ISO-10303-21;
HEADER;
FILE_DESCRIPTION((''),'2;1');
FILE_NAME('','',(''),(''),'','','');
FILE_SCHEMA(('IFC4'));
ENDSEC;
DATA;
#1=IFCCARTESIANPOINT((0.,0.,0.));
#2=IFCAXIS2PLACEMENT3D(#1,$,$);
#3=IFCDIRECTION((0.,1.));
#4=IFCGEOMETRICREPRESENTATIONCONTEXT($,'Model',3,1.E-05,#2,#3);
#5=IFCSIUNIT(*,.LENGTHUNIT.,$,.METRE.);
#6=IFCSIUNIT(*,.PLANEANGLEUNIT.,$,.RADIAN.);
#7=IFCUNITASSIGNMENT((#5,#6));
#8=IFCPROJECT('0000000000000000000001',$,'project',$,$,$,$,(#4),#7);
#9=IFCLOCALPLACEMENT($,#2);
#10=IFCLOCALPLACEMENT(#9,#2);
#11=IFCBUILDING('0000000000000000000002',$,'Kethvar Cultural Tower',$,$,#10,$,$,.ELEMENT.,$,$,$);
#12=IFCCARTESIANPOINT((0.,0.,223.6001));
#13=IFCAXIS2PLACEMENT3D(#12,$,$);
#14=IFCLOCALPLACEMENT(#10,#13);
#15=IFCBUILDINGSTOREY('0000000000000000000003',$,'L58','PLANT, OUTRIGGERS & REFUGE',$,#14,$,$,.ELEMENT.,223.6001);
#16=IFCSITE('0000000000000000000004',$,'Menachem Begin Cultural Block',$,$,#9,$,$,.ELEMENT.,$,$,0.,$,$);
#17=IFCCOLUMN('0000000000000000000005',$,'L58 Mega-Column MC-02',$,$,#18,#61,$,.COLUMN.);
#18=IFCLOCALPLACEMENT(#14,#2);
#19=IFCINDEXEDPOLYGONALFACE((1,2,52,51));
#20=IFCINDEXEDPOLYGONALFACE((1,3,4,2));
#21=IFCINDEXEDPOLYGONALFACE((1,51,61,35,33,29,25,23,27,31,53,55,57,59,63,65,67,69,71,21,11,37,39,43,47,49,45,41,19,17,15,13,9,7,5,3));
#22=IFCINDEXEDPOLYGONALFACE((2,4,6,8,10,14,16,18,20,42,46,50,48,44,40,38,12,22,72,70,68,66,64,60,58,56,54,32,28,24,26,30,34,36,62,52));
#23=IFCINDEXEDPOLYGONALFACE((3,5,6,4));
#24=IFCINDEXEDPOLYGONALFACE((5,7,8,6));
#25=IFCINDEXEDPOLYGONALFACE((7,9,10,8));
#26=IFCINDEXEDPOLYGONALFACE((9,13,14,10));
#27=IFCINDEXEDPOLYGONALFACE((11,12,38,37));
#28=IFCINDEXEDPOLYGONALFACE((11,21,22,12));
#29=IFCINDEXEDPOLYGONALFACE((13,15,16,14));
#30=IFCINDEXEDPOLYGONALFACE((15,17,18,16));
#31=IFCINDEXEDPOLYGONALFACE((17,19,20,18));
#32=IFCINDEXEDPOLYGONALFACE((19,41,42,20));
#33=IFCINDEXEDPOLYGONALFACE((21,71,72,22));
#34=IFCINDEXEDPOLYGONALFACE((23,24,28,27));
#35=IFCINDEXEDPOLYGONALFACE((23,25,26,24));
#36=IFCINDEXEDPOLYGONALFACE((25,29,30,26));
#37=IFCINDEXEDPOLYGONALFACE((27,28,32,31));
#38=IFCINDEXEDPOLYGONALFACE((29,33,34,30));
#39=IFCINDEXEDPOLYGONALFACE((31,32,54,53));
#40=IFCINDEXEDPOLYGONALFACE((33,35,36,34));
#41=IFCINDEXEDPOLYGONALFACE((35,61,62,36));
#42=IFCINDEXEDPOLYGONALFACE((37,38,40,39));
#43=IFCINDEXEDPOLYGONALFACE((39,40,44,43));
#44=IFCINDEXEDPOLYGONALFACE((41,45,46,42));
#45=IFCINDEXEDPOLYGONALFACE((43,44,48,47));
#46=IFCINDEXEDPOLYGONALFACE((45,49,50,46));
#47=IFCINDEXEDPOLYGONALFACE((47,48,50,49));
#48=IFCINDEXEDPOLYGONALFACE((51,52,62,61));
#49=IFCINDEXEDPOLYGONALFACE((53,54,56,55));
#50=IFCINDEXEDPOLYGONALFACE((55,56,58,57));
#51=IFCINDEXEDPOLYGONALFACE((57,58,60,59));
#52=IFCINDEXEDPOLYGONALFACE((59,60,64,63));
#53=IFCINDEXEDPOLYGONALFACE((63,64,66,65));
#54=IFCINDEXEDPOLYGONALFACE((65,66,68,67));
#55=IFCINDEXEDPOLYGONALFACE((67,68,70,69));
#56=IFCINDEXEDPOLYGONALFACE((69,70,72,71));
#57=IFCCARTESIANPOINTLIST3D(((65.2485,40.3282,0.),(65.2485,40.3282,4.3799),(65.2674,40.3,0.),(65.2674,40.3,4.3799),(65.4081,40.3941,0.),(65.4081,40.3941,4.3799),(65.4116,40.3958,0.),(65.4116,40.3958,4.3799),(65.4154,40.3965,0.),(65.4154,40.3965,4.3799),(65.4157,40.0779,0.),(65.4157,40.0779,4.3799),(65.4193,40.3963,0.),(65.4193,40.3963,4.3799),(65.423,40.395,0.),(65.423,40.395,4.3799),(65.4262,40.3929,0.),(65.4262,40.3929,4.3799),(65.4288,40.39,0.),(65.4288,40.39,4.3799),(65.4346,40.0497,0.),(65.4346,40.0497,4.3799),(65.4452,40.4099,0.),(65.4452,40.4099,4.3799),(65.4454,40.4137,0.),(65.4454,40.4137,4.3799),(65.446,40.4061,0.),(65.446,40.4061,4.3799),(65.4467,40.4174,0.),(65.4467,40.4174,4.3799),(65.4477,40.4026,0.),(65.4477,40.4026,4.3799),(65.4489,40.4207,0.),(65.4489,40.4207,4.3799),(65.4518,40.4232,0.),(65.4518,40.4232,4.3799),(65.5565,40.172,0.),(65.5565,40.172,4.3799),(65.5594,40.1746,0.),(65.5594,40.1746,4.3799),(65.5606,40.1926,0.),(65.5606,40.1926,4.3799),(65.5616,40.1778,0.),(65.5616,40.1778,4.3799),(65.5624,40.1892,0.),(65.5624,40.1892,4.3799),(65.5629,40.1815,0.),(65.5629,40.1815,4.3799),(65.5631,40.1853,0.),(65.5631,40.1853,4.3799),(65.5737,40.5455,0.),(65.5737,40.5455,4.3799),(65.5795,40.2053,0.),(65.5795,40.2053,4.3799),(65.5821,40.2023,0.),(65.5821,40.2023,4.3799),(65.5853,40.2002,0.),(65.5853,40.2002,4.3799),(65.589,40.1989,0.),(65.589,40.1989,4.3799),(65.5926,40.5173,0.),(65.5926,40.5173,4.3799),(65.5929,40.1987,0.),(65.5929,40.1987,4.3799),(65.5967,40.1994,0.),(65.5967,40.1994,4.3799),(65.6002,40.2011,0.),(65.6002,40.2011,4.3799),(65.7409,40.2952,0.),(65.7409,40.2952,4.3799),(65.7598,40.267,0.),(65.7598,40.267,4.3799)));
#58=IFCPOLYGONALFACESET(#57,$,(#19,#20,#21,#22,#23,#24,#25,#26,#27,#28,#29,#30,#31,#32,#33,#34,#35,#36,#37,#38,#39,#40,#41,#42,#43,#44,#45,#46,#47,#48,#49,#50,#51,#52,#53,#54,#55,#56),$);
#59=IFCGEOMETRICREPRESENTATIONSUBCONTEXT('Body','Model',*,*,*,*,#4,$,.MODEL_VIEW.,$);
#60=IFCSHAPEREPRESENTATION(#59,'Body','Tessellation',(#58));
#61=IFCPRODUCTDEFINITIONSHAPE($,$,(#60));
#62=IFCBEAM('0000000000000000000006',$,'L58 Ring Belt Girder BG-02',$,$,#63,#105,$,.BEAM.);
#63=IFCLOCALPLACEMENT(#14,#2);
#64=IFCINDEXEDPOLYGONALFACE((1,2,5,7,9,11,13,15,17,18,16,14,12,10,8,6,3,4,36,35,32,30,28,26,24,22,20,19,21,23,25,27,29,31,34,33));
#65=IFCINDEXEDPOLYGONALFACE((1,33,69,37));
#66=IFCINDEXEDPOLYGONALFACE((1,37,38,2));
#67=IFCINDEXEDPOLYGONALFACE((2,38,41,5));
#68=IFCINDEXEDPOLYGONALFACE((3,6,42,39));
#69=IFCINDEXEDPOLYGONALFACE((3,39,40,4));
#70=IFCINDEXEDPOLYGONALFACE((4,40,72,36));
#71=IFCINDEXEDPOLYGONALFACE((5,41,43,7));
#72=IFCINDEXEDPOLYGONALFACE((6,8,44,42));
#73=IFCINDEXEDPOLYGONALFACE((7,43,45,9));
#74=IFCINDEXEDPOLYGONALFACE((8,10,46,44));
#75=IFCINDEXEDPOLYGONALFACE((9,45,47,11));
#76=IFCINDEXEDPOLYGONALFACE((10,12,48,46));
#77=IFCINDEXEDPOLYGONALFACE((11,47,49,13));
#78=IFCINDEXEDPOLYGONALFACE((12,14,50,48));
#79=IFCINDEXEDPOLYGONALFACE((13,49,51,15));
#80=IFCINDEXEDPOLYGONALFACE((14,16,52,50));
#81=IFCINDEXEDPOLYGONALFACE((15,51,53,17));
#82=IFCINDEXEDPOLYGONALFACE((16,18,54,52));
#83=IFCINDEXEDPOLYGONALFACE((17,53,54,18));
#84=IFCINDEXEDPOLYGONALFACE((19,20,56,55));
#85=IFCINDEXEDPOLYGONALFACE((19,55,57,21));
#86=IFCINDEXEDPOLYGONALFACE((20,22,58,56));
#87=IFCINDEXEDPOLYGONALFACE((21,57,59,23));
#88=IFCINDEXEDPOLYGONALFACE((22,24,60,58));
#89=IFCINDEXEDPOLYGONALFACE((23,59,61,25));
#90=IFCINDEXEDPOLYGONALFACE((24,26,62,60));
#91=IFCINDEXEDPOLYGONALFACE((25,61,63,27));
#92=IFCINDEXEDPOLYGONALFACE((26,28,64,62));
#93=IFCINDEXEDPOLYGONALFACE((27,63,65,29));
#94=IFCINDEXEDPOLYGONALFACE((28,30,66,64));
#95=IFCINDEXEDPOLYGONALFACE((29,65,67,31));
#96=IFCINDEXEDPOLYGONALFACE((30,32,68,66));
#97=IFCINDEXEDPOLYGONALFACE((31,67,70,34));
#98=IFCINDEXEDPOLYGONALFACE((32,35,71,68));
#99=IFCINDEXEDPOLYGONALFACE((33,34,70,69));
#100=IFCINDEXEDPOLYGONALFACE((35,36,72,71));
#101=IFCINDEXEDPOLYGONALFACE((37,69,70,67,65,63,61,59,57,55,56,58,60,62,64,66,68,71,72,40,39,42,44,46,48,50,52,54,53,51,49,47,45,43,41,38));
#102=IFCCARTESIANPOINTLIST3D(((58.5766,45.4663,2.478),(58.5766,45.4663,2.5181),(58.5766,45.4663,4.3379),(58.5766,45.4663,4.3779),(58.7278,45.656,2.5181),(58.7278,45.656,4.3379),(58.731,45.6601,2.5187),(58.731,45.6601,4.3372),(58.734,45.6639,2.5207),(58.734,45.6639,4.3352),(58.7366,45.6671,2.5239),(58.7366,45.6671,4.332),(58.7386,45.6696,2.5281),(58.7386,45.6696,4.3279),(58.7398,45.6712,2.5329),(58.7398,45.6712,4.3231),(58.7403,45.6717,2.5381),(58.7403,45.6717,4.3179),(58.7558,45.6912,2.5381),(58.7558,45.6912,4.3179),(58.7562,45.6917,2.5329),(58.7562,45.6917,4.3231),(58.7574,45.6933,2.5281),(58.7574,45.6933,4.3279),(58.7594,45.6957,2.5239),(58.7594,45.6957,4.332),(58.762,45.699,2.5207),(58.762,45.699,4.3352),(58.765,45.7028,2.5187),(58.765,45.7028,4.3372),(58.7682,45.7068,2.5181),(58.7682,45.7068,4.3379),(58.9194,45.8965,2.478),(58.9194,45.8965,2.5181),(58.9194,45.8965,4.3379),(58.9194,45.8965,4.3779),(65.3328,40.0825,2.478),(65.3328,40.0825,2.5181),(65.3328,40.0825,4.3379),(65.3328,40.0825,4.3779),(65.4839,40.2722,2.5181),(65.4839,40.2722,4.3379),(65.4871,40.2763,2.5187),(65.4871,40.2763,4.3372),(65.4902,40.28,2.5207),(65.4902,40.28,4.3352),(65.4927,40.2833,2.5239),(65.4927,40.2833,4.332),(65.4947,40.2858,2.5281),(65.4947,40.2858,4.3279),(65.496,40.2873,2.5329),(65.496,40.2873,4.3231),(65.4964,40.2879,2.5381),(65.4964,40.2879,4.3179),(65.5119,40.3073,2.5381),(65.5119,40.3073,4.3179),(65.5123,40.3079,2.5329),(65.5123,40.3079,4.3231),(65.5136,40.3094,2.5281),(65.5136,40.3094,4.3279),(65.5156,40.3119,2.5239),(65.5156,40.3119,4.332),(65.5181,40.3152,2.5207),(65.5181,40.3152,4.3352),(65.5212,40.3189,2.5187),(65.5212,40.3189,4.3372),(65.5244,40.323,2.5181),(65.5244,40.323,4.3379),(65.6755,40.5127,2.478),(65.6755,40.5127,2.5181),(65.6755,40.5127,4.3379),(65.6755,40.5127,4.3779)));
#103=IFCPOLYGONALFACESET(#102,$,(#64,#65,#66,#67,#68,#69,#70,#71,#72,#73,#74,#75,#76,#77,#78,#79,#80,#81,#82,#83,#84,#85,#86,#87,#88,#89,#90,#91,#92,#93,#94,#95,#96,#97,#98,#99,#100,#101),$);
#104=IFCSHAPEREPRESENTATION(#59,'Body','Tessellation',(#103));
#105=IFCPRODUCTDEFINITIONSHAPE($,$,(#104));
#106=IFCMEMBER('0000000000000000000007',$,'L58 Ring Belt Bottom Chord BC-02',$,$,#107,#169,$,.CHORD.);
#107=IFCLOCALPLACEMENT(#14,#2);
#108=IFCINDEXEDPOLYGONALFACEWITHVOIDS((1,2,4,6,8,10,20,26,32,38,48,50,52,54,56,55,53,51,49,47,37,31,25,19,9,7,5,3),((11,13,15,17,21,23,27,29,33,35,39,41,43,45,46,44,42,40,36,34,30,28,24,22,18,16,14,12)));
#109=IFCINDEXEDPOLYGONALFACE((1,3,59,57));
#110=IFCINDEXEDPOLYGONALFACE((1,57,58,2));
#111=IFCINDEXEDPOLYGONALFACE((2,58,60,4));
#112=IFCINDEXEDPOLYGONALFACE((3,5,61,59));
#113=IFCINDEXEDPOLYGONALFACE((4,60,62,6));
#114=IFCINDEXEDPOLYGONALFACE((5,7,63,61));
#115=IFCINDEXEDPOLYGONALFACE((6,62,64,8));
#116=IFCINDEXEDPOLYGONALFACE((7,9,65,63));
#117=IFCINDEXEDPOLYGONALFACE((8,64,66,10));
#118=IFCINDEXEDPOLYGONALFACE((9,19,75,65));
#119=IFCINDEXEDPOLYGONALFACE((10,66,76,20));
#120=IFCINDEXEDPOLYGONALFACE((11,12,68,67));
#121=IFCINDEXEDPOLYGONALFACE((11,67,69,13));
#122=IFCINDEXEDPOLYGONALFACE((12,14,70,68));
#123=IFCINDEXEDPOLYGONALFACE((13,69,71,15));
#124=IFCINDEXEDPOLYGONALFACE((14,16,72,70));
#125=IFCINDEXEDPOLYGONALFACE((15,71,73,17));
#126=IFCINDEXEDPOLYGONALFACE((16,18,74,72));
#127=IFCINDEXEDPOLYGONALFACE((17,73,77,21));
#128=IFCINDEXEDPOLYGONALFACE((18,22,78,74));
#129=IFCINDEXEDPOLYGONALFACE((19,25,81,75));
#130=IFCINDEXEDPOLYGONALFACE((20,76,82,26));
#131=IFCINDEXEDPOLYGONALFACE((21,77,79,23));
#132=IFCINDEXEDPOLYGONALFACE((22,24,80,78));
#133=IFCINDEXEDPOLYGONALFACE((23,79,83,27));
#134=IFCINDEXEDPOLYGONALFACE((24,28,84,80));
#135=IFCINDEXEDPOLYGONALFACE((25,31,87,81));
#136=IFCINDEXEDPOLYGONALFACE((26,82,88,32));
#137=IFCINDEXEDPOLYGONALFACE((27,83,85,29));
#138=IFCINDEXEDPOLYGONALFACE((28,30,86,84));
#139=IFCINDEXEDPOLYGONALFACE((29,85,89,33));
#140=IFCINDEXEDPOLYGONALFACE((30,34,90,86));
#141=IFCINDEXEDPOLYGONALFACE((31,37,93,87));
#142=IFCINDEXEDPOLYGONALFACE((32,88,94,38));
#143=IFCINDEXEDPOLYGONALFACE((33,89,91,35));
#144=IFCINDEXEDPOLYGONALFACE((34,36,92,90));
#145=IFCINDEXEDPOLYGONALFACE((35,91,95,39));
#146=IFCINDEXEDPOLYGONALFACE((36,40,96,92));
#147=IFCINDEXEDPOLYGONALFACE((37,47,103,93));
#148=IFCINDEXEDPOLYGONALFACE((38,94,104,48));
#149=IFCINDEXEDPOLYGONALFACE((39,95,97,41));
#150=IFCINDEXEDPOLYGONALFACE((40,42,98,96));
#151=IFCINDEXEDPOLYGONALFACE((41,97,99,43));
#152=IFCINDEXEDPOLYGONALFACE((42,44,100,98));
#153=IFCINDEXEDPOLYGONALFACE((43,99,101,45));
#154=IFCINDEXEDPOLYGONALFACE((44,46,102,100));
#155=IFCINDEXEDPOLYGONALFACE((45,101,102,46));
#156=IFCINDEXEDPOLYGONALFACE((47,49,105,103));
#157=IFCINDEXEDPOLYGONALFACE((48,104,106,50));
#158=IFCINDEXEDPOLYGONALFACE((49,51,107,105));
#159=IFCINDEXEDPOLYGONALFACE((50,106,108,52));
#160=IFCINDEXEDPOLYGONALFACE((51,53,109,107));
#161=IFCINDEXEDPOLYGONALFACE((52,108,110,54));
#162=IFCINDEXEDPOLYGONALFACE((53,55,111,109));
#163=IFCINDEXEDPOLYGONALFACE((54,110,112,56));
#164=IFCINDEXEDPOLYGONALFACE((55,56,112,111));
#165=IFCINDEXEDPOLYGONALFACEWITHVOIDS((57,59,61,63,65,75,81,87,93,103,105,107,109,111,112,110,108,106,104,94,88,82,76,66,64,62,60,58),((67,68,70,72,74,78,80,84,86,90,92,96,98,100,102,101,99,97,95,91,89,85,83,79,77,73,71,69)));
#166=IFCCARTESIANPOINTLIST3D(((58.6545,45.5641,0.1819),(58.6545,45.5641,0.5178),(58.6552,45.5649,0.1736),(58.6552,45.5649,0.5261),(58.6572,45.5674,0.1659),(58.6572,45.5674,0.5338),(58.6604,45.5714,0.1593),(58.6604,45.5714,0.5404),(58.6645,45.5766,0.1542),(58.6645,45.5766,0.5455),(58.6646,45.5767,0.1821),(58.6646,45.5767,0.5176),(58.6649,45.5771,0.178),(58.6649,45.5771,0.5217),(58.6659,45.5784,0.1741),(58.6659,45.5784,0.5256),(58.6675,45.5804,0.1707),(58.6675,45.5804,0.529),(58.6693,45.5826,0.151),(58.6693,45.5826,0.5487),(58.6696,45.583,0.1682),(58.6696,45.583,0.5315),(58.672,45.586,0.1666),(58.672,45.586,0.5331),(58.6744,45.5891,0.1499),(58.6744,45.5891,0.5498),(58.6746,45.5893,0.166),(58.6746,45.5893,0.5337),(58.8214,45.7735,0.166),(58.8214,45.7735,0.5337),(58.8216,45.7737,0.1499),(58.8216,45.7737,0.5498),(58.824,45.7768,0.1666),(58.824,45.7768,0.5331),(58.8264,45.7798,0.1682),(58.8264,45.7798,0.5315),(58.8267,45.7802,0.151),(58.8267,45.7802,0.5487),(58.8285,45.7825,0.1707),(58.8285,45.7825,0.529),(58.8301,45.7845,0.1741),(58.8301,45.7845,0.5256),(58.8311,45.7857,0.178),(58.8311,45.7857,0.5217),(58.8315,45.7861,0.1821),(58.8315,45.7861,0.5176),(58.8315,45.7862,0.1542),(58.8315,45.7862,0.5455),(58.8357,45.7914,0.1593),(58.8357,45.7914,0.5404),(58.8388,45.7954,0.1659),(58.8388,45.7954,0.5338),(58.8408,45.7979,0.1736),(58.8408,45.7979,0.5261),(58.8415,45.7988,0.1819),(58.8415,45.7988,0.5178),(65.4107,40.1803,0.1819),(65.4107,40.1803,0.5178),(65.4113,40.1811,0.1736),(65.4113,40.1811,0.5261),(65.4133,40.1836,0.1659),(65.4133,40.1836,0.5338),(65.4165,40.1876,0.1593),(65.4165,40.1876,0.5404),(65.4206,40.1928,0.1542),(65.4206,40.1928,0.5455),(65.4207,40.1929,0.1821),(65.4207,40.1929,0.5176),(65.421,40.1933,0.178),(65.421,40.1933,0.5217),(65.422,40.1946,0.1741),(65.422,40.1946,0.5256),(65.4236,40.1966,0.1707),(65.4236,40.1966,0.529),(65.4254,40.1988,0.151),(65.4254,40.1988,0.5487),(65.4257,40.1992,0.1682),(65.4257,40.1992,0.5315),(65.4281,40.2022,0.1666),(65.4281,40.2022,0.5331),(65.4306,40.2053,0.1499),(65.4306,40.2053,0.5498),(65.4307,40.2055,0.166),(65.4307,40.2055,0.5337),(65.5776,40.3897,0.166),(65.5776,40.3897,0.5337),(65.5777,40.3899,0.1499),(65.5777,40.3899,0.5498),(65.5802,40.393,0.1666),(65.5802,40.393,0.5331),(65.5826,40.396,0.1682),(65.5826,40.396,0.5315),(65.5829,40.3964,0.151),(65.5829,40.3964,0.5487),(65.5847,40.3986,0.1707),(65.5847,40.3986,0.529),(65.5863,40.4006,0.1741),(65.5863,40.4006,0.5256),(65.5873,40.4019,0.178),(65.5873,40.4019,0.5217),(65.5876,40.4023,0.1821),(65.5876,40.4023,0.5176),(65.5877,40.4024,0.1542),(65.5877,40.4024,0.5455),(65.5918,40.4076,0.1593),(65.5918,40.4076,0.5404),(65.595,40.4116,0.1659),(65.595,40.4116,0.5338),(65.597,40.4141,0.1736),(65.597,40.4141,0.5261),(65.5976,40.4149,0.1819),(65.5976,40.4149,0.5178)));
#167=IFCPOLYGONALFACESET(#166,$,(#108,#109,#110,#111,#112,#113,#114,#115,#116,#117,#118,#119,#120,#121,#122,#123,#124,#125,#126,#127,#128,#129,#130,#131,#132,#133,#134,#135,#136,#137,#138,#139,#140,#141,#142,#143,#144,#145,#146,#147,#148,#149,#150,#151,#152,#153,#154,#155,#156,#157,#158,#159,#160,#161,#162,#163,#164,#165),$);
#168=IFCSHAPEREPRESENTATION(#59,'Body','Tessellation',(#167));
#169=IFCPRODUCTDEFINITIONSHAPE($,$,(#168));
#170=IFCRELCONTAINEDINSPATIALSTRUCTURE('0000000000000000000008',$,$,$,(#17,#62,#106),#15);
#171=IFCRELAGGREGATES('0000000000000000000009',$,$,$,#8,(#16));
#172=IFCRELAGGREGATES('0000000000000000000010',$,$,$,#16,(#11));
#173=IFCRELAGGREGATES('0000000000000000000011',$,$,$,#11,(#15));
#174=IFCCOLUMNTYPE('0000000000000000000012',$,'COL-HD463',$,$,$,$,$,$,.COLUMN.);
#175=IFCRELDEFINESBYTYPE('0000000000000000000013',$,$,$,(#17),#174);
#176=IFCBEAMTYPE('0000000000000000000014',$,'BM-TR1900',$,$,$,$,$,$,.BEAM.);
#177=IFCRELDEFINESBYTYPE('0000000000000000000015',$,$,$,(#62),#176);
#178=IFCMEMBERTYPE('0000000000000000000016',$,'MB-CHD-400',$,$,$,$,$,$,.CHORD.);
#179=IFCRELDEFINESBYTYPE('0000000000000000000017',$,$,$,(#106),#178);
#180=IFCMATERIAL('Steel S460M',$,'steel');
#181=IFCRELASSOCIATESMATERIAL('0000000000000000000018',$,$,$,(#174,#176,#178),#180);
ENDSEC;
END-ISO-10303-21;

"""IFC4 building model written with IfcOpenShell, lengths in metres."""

from ifc_helpers import new_model, si_unit, direction, frame, origin, origin_2d, place, context, subcontext, project, spatial, hollow_rectangle, i_section, extrude, source, transform, mapped, material, material_profile, profile_set, type_object, element, save


model = new_model("IFC4")

# Units and contexts
model_context = context("Model", 3, precision=1e-05, world=origin(), true_north=direction((0.0, 1.0)))
body_context = subcontext(model_context, "Body", "Model", "MODEL_VIEW")
ifc_project = project(units=[si_unit("LENGTHUNIT", "METRE"), si_unit("PLANEANGLEUNIT", "RADIAN")], contexts=[model_context])

# Site, building, storey
site_placement = place(None, origin())
site = spatial("IfcSite", under=ifc_project, at=site_placement, Name="Menachem Begin Cultural Block", CompositionType="ELEMENT", RefElevation=0.0)
building_placement = place(site_placement, origin())
building = spatial("IfcBuilding", under=site, at=building_placement, Name="Kethvar Cultural Tower", CompositionType="ELEMENT")
storey_placement = place(building_placement, frame((0.0, 0.0, 223.6001)))
storey = spatial("IfcBuildingStorey", under=building, at=storey_placement, Name="L58", Description="PLANT, OUTRIGGERS & REFUGE", CompositionType="ELEMENT", Elevation=223.6001)

# Column
ifc_material_1 = material(Name="Steel S460M", Category="steel")
ifc_material_profile_1 = material_profile(ifc_material_1, i_section(OverallWidth=0.3911, OverallDepth=0.335, WebThickness=0.0227, FlangeThickness=0.0339, FilletRadius=0.0149, at=origin_2d()), Name="Steel S460M — HD400x463")
ifc_profile_set_1 = profile_set([ifc_material_profile_1], Name="Steel S460M — HD400x463")
column_type = type_object("IfcColumnType", Name="COL-HD463", PredefinedType="COLUMN", material=ifc_profile_set_1)
shared_shape_1 = source(origin(), body_context, "Body", "SweptSolid", [
    extrude(i_section(OverallWidth=0.3911, OverallDepth=0.335, WebThickness=0.0227, FlangeThickness=0.0339, FilletRadius=0.0149, at=origin_2d()), origin(), (0.0, 0.0, 1.0), 4.3799),
])
column_placement = place(storey_placement, frame((65.5042, 40.2976, 0.0), z_axis=(0.0, 0.0, 1.0), x_axis=(0.83147, 0.55557, 0.0)))
element("IfcColumn", 1, at=column_placement, inside=storey, type_object=column_type, Name="L58 Mega-Column MC-02", PredefinedType="COLUMN", context=body_context, shape_type="MappedRepresentation", body=[
    mapped(shared_shape_1, transform((0.0, 0.0, 0.0), scale=1.0)),
])

# Beam
ifc_material_profile_2 = material_profile(ifc_material_1, i_section(OverallWidth=0.55, OverallDepth=1.8999, WebThickness=0.0249, FlangeThickness=0.04, FilletRadius=0.02, at=origin_2d()), Name="Steel S460M — PG1900x550x40x25")
ifc_profile_set_2 = profile_set([ifc_material_profile_2], Name="Steel S460M — PG1900x550x40x25")
beam_type = type_object("IfcBeamType", Name="BM-TR1900", PredefinedType="BEAM", material=ifc_profile_set_2)
shared_shape_2 = source(origin(), body_context, "Body", "SweptSolid", [
    extrude(i_section(OverallWidth=0.55, OverallDepth=1.8999, WebThickness=0.0249, FlangeThickness=0.04, FilletRadius=0.02, at=origin_2d()), origin(), (0.0, 0.0, 1.0), 8.6389),
])
beam_placement = place(storey_placement, frame((65.5042, 40.2976, 3.428), z_axis=(-0.782058, 0.623205, 0.0), x_axis=(-0.623205, -0.782058, 0.0)))
element("IfcBeam", 2, at=beam_placement, inside=storey, type_object=beam_type, Name="L58 Ring Belt Girder BG-02", PredefinedType="BEAM", context=body_context, shape_type="MappedRepresentation", body=[
    mapped(shared_shape_2, transform((0.0, 0.0, 0.0), scale=1.0)),
])

# Member
ifc_material_profile_3 = material_profile(ifc_material_1, hollow_rectangle(XDim=0.3, YDim=0.3999, WallThickness=0.0161, InnerFilletRadius=0.0161, OuterFilletRadius=0.032, at=origin_2d()), Name="Steel S460M — RHS400x300x16")
ifc_profile_set_3 = profile_set([ifc_material_profile_3], Name="Steel S460M — RHS400x300x16")
member_type_1 = type_object("IfcMemberType", Name="MB-CHD-400", PredefinedType="CHORD", material=ifc_profile_set_3)
shared_shape_3 = source(origin(), body_context, "Body", "SweptSolid", [
    extrude(hollow_rectangle(XDim=0.3, YDim=0.3999, WallThickness=0.0161, InnerFilletRadius=0.0161, OuterFilletRadius=0.032, at=origin_2d()), origin(), (0.0, 0.0, 1.0), 8.6389),
])
member_1_placement = place(storey_placement, frame((65.5042, 40.2976, 0.3499), z_axis=(-0.782058, 0.623205, 0.0), x_axis=(-0.623205, -0.782058, 0.0)))
element("IfcMember", 3, at=member_1_placement, inside=storey, type_object=member_type_1, Name="L58 Ring Belt Bottom Chord BC-02", PredefinedType="CHORD", context=body_context, shape_type="MappedRepresentation", body=[
    mapped(shared_shape_3, transform((0.0, 0.0, 0.0), scale=1.0)),
])

save(model, "model.ifc")
